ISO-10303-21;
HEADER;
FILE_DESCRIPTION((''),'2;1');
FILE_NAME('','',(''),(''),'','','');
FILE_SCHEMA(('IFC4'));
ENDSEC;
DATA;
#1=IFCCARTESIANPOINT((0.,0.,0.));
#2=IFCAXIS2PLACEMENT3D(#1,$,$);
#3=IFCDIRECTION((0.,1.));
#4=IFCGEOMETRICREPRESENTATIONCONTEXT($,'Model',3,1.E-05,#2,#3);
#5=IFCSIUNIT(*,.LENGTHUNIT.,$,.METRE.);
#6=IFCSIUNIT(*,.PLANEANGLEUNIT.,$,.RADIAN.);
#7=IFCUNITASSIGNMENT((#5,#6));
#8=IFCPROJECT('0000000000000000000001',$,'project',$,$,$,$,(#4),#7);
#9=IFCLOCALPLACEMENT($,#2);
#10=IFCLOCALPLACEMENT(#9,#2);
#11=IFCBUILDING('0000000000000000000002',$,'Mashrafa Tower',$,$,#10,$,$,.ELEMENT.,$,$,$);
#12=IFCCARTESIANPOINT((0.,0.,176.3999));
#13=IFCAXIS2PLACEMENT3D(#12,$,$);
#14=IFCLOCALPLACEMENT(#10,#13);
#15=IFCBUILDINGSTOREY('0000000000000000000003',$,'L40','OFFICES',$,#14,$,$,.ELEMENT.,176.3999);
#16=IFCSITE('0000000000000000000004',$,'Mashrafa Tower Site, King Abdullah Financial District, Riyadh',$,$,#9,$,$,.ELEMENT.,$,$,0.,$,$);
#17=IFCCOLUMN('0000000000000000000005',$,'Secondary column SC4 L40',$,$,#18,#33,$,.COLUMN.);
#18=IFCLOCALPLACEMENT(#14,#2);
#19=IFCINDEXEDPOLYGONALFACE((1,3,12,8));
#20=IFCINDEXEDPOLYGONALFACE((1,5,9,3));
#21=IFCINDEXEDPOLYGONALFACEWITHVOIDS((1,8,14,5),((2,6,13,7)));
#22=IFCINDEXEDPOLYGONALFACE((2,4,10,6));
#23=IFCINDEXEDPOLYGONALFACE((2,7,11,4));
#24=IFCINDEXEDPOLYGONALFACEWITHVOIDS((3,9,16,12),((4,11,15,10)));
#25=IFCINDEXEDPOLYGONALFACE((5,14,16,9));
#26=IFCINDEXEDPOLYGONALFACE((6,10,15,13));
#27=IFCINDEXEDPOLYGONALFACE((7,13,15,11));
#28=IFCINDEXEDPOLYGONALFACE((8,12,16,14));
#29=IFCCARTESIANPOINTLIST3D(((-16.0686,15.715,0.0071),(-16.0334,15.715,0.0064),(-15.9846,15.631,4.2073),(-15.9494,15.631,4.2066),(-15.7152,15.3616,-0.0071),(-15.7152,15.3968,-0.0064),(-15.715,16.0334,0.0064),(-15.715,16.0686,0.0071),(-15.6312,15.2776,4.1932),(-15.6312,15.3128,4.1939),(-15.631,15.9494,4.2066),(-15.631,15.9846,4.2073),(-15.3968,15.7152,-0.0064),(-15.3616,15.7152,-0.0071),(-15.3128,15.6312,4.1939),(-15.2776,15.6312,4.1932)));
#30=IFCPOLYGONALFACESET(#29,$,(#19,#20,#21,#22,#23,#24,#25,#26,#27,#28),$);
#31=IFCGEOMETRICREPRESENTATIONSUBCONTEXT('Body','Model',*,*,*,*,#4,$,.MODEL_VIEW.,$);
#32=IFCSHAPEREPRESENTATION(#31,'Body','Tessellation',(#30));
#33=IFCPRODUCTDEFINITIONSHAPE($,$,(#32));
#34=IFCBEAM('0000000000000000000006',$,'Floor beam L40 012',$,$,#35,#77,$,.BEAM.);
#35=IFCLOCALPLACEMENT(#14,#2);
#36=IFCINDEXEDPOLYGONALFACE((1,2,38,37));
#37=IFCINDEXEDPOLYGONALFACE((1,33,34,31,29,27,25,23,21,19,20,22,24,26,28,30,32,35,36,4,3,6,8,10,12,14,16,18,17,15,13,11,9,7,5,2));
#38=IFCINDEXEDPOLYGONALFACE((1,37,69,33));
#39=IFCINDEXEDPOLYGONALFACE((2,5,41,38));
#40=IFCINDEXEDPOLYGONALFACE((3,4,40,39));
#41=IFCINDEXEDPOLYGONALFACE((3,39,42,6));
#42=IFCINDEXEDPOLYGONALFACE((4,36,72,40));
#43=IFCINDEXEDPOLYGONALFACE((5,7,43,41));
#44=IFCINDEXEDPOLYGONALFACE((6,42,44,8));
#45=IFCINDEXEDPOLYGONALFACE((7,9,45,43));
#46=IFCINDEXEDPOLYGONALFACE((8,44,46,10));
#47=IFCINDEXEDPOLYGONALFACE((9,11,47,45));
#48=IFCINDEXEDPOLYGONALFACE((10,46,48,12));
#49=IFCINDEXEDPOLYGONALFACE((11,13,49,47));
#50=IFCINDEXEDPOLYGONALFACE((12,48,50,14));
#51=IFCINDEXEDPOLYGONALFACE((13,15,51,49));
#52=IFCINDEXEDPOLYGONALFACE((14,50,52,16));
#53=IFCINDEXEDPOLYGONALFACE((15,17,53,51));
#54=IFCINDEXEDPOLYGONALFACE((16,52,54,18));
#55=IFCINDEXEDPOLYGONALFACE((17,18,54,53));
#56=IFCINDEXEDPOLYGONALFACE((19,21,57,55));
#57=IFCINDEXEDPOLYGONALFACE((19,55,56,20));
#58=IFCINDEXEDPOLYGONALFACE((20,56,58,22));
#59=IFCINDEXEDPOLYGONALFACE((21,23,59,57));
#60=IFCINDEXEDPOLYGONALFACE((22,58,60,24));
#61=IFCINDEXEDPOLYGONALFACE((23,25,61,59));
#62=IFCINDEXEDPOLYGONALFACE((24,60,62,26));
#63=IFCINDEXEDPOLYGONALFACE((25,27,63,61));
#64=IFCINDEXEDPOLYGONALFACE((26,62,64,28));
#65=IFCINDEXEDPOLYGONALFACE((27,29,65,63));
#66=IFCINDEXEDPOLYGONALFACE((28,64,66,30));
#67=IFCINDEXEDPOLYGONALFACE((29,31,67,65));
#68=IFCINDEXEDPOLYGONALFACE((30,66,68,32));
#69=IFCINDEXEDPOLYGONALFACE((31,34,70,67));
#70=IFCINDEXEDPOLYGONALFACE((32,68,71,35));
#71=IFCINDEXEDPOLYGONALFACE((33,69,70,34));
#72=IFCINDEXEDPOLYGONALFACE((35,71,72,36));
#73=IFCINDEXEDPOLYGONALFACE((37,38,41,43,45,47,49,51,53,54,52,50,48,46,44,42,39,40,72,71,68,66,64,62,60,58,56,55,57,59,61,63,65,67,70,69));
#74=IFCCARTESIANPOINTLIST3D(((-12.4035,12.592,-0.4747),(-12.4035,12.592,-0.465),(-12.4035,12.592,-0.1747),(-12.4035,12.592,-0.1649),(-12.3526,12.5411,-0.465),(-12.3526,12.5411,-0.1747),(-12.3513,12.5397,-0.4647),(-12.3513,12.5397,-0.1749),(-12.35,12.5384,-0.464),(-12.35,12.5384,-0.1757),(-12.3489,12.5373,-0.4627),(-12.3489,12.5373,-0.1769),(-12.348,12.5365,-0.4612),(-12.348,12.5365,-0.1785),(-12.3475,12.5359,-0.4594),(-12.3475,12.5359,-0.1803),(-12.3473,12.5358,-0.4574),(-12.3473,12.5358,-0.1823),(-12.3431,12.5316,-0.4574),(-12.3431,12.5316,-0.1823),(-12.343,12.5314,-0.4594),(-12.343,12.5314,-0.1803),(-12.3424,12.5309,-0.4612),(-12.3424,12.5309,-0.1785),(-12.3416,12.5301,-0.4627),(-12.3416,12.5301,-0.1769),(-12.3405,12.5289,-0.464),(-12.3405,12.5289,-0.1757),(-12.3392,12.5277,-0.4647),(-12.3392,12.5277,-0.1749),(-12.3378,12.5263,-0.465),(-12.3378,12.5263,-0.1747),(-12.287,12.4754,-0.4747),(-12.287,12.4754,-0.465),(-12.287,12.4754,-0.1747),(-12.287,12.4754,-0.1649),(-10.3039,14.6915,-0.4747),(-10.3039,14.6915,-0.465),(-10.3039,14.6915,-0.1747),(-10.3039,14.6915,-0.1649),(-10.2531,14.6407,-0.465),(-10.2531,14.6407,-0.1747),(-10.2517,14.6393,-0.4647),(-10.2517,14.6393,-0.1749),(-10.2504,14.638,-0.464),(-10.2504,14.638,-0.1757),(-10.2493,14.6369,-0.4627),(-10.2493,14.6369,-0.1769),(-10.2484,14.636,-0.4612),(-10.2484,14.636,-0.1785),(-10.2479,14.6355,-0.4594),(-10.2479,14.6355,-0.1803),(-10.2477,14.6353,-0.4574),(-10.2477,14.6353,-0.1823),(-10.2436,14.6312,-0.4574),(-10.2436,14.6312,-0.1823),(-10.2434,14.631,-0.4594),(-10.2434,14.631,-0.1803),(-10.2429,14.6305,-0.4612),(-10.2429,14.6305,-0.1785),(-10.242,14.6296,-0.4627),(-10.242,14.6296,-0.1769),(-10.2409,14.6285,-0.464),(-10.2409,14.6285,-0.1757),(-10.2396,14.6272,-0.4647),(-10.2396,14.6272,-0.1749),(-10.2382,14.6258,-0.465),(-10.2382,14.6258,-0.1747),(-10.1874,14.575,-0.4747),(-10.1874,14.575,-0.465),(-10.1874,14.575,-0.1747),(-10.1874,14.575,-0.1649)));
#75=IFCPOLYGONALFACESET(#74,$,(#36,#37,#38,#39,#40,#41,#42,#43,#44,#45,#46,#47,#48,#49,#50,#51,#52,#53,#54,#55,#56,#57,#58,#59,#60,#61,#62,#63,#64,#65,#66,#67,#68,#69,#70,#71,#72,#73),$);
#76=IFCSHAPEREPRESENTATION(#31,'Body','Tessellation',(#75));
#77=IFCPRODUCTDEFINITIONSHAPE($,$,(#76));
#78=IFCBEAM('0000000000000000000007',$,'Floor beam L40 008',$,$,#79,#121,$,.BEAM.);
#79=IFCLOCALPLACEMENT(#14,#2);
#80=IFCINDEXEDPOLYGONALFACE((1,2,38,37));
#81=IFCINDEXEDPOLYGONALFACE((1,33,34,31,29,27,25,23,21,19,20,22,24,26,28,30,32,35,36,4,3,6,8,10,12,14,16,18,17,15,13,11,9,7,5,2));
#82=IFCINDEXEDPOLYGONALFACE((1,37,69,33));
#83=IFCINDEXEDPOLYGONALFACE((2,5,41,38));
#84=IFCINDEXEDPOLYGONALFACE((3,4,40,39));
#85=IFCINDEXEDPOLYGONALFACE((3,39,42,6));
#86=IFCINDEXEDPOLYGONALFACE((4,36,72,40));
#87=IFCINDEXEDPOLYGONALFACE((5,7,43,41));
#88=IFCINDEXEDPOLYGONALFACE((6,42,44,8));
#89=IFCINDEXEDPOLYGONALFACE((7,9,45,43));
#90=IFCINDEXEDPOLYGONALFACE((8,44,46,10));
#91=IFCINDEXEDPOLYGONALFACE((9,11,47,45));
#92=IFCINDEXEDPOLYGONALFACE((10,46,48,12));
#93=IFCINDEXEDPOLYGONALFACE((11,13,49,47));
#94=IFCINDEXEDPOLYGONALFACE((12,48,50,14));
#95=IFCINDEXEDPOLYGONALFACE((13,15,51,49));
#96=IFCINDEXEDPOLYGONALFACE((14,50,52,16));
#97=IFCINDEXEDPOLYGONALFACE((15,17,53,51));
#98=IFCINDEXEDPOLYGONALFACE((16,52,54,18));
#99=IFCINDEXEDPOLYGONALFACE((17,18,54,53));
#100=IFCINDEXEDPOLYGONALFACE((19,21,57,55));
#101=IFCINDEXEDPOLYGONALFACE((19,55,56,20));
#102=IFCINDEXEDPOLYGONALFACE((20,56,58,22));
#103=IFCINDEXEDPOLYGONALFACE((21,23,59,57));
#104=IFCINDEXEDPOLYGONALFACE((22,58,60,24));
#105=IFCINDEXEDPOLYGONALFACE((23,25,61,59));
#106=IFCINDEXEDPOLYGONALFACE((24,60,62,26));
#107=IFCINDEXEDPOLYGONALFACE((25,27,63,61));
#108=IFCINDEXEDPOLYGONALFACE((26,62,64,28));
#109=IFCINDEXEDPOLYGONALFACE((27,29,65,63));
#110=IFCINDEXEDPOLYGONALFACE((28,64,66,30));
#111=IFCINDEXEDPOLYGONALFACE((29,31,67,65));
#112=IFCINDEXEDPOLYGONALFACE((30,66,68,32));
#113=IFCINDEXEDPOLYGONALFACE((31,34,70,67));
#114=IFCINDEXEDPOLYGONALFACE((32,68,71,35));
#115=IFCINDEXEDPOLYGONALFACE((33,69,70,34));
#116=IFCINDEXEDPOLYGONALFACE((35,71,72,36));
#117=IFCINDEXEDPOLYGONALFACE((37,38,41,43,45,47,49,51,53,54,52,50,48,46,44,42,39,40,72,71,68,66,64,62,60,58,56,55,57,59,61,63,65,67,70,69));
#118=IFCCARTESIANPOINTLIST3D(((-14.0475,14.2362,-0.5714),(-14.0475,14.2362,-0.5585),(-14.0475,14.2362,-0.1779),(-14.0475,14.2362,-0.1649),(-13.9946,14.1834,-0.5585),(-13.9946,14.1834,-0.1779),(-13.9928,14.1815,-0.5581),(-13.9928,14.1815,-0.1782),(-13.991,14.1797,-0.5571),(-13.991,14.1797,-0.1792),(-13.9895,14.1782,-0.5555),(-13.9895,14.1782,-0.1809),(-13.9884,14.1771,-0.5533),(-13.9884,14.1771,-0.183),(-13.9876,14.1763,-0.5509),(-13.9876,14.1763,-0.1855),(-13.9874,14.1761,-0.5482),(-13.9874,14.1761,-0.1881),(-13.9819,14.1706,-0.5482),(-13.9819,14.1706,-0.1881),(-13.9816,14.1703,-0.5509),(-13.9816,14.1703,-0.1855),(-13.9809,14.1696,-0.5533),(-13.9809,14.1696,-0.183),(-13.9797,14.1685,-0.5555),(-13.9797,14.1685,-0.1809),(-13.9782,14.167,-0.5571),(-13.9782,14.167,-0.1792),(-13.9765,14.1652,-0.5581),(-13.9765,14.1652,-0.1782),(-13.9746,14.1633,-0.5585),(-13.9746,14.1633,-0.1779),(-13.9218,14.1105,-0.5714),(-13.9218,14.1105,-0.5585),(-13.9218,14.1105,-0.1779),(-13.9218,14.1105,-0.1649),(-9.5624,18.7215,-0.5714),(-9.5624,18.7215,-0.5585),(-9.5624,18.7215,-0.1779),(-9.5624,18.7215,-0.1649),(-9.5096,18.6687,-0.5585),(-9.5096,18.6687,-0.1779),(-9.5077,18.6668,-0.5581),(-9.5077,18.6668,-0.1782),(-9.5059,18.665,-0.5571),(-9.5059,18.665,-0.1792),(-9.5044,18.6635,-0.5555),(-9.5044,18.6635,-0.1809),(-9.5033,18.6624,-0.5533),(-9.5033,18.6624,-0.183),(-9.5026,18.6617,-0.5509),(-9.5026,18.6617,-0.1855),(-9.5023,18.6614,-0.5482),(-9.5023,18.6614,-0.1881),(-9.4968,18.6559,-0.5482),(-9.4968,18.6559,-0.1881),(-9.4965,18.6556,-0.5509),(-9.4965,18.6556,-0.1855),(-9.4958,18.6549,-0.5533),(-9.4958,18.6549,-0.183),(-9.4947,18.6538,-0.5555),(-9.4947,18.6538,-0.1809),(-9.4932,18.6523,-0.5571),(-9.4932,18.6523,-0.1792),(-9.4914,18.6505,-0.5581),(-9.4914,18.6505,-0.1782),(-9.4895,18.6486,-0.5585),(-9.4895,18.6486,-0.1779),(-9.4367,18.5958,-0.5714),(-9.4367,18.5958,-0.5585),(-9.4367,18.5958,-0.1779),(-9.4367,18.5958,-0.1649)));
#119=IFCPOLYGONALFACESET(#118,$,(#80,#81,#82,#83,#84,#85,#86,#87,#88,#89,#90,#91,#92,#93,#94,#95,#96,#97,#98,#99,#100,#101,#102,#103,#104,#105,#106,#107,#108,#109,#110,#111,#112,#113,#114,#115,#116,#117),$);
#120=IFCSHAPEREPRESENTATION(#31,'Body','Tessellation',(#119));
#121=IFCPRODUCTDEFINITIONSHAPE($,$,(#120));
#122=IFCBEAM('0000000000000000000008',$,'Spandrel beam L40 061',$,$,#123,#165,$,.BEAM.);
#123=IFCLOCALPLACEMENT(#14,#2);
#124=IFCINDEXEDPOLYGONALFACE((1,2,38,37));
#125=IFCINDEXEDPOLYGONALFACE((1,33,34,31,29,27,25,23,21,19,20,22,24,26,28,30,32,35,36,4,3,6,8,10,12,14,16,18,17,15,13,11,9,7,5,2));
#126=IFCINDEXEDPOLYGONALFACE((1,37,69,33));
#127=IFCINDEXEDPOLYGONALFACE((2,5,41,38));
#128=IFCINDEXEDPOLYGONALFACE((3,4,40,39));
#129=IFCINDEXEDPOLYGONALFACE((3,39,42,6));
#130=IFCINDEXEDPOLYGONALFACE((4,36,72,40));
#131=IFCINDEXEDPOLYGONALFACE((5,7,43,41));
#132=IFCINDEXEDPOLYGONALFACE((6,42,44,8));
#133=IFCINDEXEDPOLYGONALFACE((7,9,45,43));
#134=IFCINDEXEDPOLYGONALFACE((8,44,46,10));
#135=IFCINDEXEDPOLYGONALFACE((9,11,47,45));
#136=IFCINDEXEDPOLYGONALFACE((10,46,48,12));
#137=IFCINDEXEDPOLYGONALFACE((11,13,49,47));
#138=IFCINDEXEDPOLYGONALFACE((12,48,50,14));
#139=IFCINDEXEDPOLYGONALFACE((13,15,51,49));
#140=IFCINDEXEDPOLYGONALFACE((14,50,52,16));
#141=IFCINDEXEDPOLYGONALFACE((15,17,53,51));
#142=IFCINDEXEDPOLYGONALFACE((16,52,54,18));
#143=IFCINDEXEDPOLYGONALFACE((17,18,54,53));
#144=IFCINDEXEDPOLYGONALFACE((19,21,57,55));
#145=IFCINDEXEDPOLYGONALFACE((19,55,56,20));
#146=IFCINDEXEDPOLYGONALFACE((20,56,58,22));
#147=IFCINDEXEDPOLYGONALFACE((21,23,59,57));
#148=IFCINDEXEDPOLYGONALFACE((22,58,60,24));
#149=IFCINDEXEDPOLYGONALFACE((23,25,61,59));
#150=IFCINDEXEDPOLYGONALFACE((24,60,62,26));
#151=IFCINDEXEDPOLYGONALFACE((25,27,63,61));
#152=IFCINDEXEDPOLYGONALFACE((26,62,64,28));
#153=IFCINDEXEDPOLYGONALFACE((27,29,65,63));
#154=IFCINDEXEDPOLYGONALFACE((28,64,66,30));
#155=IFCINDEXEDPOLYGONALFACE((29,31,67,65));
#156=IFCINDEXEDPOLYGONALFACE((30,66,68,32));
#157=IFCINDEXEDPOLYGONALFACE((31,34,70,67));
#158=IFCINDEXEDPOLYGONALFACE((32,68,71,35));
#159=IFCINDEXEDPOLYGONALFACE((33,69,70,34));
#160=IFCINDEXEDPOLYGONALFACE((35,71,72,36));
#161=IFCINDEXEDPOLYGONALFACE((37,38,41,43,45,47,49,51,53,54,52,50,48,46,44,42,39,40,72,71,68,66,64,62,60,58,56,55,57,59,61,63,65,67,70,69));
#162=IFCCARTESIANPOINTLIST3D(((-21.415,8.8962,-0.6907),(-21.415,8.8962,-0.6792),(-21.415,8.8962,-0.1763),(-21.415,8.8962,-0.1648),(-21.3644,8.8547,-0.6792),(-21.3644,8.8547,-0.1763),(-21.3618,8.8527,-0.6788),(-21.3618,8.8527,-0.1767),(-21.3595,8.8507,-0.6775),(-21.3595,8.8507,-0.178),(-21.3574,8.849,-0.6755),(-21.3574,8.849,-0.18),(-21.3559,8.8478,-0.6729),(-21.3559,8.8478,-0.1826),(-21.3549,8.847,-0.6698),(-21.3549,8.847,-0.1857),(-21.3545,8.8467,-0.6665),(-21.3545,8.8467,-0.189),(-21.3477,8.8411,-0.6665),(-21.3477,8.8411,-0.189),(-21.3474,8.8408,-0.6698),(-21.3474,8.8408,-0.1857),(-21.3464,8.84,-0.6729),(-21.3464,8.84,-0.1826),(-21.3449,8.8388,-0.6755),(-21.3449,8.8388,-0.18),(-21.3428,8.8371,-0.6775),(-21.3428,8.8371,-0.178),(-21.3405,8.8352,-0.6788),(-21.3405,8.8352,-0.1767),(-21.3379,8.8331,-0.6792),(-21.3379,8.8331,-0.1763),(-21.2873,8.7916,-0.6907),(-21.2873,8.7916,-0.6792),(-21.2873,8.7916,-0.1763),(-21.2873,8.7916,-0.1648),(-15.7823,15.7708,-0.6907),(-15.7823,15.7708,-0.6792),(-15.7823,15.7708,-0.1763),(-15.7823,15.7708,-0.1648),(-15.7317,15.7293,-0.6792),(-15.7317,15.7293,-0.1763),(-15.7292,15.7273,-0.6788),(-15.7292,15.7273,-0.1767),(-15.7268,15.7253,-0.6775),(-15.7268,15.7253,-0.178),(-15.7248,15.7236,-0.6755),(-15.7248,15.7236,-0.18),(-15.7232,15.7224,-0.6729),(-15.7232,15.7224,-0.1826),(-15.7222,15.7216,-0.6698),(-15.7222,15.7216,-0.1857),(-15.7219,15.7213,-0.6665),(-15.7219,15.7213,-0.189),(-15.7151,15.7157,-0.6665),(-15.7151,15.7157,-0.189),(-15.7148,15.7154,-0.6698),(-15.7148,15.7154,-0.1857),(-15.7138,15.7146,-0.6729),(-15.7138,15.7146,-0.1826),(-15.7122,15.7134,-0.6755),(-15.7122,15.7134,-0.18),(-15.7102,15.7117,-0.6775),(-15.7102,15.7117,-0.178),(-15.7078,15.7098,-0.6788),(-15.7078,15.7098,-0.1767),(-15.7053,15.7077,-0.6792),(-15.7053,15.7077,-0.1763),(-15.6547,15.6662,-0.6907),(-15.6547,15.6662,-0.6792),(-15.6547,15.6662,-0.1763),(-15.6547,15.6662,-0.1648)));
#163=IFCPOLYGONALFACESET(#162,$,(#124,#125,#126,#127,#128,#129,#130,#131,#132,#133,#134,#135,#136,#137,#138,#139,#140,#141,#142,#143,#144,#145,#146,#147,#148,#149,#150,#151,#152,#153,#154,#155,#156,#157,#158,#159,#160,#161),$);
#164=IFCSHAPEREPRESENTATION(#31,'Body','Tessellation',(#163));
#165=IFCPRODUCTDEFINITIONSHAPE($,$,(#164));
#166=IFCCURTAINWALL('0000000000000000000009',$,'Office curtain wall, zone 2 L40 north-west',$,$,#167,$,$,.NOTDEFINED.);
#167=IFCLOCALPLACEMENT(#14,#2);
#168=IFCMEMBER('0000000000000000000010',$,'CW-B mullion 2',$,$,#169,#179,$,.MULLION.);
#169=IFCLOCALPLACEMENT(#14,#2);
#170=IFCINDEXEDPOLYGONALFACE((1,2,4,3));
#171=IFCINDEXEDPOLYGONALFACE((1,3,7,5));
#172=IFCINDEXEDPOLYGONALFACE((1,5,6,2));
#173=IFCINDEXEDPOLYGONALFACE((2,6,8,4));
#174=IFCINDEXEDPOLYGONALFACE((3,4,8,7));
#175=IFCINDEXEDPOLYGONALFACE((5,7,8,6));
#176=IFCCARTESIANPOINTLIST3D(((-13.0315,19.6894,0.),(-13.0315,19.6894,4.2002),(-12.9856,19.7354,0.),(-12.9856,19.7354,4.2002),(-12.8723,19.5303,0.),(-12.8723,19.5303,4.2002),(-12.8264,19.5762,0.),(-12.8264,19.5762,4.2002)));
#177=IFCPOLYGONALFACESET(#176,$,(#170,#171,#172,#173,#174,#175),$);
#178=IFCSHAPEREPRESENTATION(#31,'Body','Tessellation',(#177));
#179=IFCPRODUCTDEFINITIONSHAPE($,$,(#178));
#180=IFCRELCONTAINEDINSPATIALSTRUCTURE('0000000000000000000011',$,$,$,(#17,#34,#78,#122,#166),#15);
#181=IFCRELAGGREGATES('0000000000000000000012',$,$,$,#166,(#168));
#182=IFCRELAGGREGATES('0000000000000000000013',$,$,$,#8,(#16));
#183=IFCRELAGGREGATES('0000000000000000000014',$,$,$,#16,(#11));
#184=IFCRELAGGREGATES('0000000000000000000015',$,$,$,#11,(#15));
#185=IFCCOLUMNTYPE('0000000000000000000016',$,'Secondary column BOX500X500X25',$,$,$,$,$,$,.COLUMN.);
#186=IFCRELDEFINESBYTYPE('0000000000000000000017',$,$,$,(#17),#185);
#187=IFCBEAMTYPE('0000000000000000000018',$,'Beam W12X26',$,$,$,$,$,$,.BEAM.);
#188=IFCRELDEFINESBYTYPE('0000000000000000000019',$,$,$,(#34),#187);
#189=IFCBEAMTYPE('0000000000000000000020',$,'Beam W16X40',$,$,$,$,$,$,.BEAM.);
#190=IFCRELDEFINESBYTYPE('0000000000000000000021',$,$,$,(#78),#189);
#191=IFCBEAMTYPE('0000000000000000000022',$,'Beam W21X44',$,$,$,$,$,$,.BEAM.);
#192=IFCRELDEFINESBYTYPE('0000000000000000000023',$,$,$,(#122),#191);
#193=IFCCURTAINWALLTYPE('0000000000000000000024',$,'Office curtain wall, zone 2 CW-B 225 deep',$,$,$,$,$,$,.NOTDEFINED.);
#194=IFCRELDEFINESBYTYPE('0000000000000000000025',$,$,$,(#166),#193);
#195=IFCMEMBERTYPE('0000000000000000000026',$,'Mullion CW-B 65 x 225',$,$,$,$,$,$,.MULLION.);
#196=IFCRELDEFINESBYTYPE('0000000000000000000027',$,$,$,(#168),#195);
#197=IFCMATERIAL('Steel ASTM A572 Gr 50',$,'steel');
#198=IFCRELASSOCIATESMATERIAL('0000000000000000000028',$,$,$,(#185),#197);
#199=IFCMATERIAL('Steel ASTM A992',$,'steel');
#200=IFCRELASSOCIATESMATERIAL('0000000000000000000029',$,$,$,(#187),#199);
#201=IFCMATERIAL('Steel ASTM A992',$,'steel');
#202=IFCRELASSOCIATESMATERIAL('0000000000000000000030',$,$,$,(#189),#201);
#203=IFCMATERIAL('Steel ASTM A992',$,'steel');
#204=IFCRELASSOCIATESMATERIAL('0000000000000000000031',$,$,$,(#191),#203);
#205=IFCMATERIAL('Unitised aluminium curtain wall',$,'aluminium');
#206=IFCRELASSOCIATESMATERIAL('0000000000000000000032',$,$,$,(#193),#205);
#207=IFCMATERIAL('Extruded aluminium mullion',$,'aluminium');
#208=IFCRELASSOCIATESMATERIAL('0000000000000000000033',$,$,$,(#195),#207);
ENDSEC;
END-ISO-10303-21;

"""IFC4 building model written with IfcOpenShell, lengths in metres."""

from ifc_helpers import new_model, si_unit, direction, frame, origin, origin_2d, place, context, subcontext, project, spatial, rectangle, hollow_rectangle, i_section, extrude, source, transform, mapped, material, material_profile, profile_set, type_object, type_shapes, element, aggregate, save


model = new_model("IFC4")

# Units and contexts
model_context = context("Model", 3, precision=1e-05, world=origin(), true_north=direction((0.0, 1.0)))
body_context = subcontext(model_context, "Body", "Model", "MODEL_VIEW")
ifc_project = project(units=[si_unit("LENGTHUNIT", "METRE"), si_unit("PLANEANGLEUNIT", "RADIAN")], contexts=[model_context])

# Site, building, storey
site_placement = place(None, origin())
site = spatial("IfcSite", under=ifc_project, at=site_placement, Name="Mashrafa Tower Site, King Abdullah Financial District, Riyadh", CompositionType="ELEMENT", RefElevation=0.0)
building_placement = place(site_placement, origin())
building = spatial("IfcBuilding", under=site, at=building_placement, Name="Mashrafa Tower", CompositionType="ELEMENT")
storey_placement = place(building_placement, frame((0.0, 0.0, 176.3999)))
storey = spatial("IfcBuildingStorey", under=building, at=storey_placement, Name="L40", Description="OFFICES", CompositionType="ELEMENT", Elevation=176.3999)

# Column
ifc_material_1 = material(Name="Steel ASTM A572 Gr 50", Category="steel")
ifc_material_profile_1 = material_profile(ifc_material_1, hollow_rectangle(XDim=0.5, YDim=0.5, WallThickness=0.0249, at=origin_2d()), Name="BOX500X500X25")
ifc_profile_set_1 = profile_set([ifc_material_profile_1], Name="Steel ASTM A572 Gr 50")
column_type = type_object("IfcColumnType", Name="Secondary column BOX500X500X25", PredefinedType="COLUMN", material=ifc_profile_set_1)
column_placement = place(storey_placement, frame((-15.7151, 15.7151, 0.0), z_axis=(0.019987, -0.019987, 0.9996), x_axis=(0.707107, 0.707107, 0.0)))
element("IfcColumn", 1, at=column_placement, inside=storey, type_object=column_type, Name="Secondary column SC4 L40", PredefinedType="COLUMN", context=body_context, shape_type="SweptSolid", body=[
    extrude(hollow_rectangle(XDim=0.5, YDim=0.5, WallThickness=0.0249, at=origin_2d()), origin(), (0.0, 0.0, 1.0), 4.2019),
])

# Beams
ifc_material_2 = material(Name="Steel ASTM A992", Category="steel")
ifc_material_profile_2 = material_profile(ifc_material_2, i_section(OverallWidth=0.1648, OverallDepth=0.3098, WebThickness=0.0059, FlangeThickness=0.0098, FilletRadius=0.0076, at=origin_2d()), Name="W12X26")
ifc_profile_set_2 = profile_set([ifc_material_profile_2], Name="Steel ASTM A992")
beam_type_1 = type_object("IfcBeamType", Name="Beam W12X26", PredefinedType="BEAM", material=ifc_profile_set_2)
beam_1_placement = place(storey_placement, frame((-12.3452, 12.5337, -0.3198), z_axis=(0.707107, 0.707107, 0.0), x_axis=(-0.707107, 0.707107, 0.0)))
element("IfcBeam", 2, at=beam_1_placement, inside=storey, type_object=beam_type_1, Name="Floor beam L40 012", PredefinedType="BEAM", context=body_context, shape_type="SweptSolid", body=[
    extrude(i_section(OverallWidth=0.1648, OverallDepth=0.3098, WebThickness=0.0059, FlangeThickness=0.0098, FilletRadius=0.0076, at=origin_2d()), origin(), (0.0, 0.0, 1.0), 2.9692),
])
ifc_material_3 = material(Name="Steel ASTM A992", Category="steel")
ifc_material_profile_3 = material_profile(ifc_material_3, i_section(OverallWidth=0.1777, OverallDepth=0.4065, WebThickness=0.0078, FlangeThickness=0.0129, FilletRadius=0.0103, at=origin_2d()), Name="W16X40")
ifc_profile_set_3 = profile_set([ifc_material_profile_3], Name="Steel ASTM A992")
beam_type_2 = type_object("IfcBeamType", Name="Beam W16X40", PredefinedType="BEAM", material=ifc_profile_set_3)
beam_2_placement = place(storey_placement, frame((-13.9846, 14.1733, -0.3682), z_axis=(0.707088, 0.707126, 0.0), x_axis=(-0.707126, 0.707088, 0.0)))
element("IfcBeam", 3, at=beam_2_placement, inside=storey, type_object=beam_type_2, Name="Floor beam L40 008", PredefinedType="BEAM", context=body_context, shape_type="SweptSolid", body=[
    extrude(i_section(OverallWidth=0.1777, OverallDepth=0.4065, WebThickness=0.0078, FlangeThickness=0.0129, FilletRadius=0.0103, at=origin_2d()), origin(), (0.0, 0.0, 1.0), 6.343),
])
ifc_material_4 = material(Name="Steel ASTM A992", Category="steel")
ifc_material_profile_4 = material_profile(ifc_material_4, i_section(OverallWidth=0.165, OverallDepth=0.5259, WebThickness=0.0088, FlangeThickness=0.0115, FilletRadius=0.0127, at=origin_2d()), Name="W21X44")
ifc_profile_set_4 = profile_set([ifc_material_profile_4], Name="Steel ASTM A992")
beam_type_3 = type_object("IfcBeamType", Name="Beam W21X44", PredefinedType="BEAM", material=ifc_profile_set_4)
beam_3_placement = place(storey_placement, frame((-15.7185, 15.7185, -0.4277), z_axis=(-0.633775, -0.773518, 0.0), x_axis=(0.773518, -0.633775, 0.0)))
element("IfcBeam", 4, at=beam_3_placement, inside=storey, type_object=beam_type_3, Name="Spandrel beam L40 061", PredefinedType="BEAM", context=body_context, shape_type="SweptSolid", body=[
    extrude(i_section(OverallWidth=0.165, OverallDepth=0.5259, WebThickness=0.0088, FlangeThickness=0.0115, FilletRadius=0.0127, at=origin_2d()), origin(), (0.0, 0.0, 1.0), 8.8875),
])

# Curtain wall, member
ifc_material_5 = material(Name="Unitised aluminium curtain wall", Category="aluminium")
curtain_wall_type = type_object("IfcCurtainWallType", Name="Office curtain wall, zone 2 CW-B 225 deep", PredefinedType="NOTDEFINED", material=ifc_material_5)
curtain_wall_placement = place(storey_placement, origin())
curtain_wall = element("IfcCurtainWall", 5, at=curtain_wall_placement, inside=storey, type_object=curtain_wall_type, Name="Office curtain wall, zone 2 L40 north-west", PredefinedType="NOTDEFINED")
ifc_material_6 = material(Name="Extruded aluminium mullion", Category="aluminium")
ifc_material_profile_5 = material_profile(ifc_material_6, rectangle(XDim=0.2251, YDim=0.0649, at=origin_2d()), Name="Mullion 65x225")
ifc_profile_set_5 = profile_set([ifc_material_profile_5], Name="Extruded aluminium mullion")
member_type_1 = type_object("IfcMemberType", Name="Mullion CW-B 65 x 225", PredefinedType="MULLION", material=ifc_profile_set_5)
shared_shape_1 = source(origin(), body_context, "Body", "SweptSolid", [
    extrude(rectangle(XDim=0.2251, YDim=0.0649, at=origin_2d()), origin(), (0.0, 0.0, 1.0), 4.2002),
])
type_shapes(member_type_1, [shared_shape_1])
member_1_placement = place(storey_placement, frame((-12.929, 19.6328, 0.0), z_axis=(0.0, 0.0, 1.0), x_axis=(0.707107, -0.707107, 0.0)))
member_1 = element("IfcMember", 6, at=member_1_placement, type_object=member_type_1, Name="CW-B mullion 2", PredefinedType="MULLION", context=body_context, shape_type="MappedRepresentation", body=[
    mapped(shared_shape_1, transform((0.0, 0.0, 0.0))),
])
aggregate(curtain_wall, [member_1])

save(model, "model.ifc")
